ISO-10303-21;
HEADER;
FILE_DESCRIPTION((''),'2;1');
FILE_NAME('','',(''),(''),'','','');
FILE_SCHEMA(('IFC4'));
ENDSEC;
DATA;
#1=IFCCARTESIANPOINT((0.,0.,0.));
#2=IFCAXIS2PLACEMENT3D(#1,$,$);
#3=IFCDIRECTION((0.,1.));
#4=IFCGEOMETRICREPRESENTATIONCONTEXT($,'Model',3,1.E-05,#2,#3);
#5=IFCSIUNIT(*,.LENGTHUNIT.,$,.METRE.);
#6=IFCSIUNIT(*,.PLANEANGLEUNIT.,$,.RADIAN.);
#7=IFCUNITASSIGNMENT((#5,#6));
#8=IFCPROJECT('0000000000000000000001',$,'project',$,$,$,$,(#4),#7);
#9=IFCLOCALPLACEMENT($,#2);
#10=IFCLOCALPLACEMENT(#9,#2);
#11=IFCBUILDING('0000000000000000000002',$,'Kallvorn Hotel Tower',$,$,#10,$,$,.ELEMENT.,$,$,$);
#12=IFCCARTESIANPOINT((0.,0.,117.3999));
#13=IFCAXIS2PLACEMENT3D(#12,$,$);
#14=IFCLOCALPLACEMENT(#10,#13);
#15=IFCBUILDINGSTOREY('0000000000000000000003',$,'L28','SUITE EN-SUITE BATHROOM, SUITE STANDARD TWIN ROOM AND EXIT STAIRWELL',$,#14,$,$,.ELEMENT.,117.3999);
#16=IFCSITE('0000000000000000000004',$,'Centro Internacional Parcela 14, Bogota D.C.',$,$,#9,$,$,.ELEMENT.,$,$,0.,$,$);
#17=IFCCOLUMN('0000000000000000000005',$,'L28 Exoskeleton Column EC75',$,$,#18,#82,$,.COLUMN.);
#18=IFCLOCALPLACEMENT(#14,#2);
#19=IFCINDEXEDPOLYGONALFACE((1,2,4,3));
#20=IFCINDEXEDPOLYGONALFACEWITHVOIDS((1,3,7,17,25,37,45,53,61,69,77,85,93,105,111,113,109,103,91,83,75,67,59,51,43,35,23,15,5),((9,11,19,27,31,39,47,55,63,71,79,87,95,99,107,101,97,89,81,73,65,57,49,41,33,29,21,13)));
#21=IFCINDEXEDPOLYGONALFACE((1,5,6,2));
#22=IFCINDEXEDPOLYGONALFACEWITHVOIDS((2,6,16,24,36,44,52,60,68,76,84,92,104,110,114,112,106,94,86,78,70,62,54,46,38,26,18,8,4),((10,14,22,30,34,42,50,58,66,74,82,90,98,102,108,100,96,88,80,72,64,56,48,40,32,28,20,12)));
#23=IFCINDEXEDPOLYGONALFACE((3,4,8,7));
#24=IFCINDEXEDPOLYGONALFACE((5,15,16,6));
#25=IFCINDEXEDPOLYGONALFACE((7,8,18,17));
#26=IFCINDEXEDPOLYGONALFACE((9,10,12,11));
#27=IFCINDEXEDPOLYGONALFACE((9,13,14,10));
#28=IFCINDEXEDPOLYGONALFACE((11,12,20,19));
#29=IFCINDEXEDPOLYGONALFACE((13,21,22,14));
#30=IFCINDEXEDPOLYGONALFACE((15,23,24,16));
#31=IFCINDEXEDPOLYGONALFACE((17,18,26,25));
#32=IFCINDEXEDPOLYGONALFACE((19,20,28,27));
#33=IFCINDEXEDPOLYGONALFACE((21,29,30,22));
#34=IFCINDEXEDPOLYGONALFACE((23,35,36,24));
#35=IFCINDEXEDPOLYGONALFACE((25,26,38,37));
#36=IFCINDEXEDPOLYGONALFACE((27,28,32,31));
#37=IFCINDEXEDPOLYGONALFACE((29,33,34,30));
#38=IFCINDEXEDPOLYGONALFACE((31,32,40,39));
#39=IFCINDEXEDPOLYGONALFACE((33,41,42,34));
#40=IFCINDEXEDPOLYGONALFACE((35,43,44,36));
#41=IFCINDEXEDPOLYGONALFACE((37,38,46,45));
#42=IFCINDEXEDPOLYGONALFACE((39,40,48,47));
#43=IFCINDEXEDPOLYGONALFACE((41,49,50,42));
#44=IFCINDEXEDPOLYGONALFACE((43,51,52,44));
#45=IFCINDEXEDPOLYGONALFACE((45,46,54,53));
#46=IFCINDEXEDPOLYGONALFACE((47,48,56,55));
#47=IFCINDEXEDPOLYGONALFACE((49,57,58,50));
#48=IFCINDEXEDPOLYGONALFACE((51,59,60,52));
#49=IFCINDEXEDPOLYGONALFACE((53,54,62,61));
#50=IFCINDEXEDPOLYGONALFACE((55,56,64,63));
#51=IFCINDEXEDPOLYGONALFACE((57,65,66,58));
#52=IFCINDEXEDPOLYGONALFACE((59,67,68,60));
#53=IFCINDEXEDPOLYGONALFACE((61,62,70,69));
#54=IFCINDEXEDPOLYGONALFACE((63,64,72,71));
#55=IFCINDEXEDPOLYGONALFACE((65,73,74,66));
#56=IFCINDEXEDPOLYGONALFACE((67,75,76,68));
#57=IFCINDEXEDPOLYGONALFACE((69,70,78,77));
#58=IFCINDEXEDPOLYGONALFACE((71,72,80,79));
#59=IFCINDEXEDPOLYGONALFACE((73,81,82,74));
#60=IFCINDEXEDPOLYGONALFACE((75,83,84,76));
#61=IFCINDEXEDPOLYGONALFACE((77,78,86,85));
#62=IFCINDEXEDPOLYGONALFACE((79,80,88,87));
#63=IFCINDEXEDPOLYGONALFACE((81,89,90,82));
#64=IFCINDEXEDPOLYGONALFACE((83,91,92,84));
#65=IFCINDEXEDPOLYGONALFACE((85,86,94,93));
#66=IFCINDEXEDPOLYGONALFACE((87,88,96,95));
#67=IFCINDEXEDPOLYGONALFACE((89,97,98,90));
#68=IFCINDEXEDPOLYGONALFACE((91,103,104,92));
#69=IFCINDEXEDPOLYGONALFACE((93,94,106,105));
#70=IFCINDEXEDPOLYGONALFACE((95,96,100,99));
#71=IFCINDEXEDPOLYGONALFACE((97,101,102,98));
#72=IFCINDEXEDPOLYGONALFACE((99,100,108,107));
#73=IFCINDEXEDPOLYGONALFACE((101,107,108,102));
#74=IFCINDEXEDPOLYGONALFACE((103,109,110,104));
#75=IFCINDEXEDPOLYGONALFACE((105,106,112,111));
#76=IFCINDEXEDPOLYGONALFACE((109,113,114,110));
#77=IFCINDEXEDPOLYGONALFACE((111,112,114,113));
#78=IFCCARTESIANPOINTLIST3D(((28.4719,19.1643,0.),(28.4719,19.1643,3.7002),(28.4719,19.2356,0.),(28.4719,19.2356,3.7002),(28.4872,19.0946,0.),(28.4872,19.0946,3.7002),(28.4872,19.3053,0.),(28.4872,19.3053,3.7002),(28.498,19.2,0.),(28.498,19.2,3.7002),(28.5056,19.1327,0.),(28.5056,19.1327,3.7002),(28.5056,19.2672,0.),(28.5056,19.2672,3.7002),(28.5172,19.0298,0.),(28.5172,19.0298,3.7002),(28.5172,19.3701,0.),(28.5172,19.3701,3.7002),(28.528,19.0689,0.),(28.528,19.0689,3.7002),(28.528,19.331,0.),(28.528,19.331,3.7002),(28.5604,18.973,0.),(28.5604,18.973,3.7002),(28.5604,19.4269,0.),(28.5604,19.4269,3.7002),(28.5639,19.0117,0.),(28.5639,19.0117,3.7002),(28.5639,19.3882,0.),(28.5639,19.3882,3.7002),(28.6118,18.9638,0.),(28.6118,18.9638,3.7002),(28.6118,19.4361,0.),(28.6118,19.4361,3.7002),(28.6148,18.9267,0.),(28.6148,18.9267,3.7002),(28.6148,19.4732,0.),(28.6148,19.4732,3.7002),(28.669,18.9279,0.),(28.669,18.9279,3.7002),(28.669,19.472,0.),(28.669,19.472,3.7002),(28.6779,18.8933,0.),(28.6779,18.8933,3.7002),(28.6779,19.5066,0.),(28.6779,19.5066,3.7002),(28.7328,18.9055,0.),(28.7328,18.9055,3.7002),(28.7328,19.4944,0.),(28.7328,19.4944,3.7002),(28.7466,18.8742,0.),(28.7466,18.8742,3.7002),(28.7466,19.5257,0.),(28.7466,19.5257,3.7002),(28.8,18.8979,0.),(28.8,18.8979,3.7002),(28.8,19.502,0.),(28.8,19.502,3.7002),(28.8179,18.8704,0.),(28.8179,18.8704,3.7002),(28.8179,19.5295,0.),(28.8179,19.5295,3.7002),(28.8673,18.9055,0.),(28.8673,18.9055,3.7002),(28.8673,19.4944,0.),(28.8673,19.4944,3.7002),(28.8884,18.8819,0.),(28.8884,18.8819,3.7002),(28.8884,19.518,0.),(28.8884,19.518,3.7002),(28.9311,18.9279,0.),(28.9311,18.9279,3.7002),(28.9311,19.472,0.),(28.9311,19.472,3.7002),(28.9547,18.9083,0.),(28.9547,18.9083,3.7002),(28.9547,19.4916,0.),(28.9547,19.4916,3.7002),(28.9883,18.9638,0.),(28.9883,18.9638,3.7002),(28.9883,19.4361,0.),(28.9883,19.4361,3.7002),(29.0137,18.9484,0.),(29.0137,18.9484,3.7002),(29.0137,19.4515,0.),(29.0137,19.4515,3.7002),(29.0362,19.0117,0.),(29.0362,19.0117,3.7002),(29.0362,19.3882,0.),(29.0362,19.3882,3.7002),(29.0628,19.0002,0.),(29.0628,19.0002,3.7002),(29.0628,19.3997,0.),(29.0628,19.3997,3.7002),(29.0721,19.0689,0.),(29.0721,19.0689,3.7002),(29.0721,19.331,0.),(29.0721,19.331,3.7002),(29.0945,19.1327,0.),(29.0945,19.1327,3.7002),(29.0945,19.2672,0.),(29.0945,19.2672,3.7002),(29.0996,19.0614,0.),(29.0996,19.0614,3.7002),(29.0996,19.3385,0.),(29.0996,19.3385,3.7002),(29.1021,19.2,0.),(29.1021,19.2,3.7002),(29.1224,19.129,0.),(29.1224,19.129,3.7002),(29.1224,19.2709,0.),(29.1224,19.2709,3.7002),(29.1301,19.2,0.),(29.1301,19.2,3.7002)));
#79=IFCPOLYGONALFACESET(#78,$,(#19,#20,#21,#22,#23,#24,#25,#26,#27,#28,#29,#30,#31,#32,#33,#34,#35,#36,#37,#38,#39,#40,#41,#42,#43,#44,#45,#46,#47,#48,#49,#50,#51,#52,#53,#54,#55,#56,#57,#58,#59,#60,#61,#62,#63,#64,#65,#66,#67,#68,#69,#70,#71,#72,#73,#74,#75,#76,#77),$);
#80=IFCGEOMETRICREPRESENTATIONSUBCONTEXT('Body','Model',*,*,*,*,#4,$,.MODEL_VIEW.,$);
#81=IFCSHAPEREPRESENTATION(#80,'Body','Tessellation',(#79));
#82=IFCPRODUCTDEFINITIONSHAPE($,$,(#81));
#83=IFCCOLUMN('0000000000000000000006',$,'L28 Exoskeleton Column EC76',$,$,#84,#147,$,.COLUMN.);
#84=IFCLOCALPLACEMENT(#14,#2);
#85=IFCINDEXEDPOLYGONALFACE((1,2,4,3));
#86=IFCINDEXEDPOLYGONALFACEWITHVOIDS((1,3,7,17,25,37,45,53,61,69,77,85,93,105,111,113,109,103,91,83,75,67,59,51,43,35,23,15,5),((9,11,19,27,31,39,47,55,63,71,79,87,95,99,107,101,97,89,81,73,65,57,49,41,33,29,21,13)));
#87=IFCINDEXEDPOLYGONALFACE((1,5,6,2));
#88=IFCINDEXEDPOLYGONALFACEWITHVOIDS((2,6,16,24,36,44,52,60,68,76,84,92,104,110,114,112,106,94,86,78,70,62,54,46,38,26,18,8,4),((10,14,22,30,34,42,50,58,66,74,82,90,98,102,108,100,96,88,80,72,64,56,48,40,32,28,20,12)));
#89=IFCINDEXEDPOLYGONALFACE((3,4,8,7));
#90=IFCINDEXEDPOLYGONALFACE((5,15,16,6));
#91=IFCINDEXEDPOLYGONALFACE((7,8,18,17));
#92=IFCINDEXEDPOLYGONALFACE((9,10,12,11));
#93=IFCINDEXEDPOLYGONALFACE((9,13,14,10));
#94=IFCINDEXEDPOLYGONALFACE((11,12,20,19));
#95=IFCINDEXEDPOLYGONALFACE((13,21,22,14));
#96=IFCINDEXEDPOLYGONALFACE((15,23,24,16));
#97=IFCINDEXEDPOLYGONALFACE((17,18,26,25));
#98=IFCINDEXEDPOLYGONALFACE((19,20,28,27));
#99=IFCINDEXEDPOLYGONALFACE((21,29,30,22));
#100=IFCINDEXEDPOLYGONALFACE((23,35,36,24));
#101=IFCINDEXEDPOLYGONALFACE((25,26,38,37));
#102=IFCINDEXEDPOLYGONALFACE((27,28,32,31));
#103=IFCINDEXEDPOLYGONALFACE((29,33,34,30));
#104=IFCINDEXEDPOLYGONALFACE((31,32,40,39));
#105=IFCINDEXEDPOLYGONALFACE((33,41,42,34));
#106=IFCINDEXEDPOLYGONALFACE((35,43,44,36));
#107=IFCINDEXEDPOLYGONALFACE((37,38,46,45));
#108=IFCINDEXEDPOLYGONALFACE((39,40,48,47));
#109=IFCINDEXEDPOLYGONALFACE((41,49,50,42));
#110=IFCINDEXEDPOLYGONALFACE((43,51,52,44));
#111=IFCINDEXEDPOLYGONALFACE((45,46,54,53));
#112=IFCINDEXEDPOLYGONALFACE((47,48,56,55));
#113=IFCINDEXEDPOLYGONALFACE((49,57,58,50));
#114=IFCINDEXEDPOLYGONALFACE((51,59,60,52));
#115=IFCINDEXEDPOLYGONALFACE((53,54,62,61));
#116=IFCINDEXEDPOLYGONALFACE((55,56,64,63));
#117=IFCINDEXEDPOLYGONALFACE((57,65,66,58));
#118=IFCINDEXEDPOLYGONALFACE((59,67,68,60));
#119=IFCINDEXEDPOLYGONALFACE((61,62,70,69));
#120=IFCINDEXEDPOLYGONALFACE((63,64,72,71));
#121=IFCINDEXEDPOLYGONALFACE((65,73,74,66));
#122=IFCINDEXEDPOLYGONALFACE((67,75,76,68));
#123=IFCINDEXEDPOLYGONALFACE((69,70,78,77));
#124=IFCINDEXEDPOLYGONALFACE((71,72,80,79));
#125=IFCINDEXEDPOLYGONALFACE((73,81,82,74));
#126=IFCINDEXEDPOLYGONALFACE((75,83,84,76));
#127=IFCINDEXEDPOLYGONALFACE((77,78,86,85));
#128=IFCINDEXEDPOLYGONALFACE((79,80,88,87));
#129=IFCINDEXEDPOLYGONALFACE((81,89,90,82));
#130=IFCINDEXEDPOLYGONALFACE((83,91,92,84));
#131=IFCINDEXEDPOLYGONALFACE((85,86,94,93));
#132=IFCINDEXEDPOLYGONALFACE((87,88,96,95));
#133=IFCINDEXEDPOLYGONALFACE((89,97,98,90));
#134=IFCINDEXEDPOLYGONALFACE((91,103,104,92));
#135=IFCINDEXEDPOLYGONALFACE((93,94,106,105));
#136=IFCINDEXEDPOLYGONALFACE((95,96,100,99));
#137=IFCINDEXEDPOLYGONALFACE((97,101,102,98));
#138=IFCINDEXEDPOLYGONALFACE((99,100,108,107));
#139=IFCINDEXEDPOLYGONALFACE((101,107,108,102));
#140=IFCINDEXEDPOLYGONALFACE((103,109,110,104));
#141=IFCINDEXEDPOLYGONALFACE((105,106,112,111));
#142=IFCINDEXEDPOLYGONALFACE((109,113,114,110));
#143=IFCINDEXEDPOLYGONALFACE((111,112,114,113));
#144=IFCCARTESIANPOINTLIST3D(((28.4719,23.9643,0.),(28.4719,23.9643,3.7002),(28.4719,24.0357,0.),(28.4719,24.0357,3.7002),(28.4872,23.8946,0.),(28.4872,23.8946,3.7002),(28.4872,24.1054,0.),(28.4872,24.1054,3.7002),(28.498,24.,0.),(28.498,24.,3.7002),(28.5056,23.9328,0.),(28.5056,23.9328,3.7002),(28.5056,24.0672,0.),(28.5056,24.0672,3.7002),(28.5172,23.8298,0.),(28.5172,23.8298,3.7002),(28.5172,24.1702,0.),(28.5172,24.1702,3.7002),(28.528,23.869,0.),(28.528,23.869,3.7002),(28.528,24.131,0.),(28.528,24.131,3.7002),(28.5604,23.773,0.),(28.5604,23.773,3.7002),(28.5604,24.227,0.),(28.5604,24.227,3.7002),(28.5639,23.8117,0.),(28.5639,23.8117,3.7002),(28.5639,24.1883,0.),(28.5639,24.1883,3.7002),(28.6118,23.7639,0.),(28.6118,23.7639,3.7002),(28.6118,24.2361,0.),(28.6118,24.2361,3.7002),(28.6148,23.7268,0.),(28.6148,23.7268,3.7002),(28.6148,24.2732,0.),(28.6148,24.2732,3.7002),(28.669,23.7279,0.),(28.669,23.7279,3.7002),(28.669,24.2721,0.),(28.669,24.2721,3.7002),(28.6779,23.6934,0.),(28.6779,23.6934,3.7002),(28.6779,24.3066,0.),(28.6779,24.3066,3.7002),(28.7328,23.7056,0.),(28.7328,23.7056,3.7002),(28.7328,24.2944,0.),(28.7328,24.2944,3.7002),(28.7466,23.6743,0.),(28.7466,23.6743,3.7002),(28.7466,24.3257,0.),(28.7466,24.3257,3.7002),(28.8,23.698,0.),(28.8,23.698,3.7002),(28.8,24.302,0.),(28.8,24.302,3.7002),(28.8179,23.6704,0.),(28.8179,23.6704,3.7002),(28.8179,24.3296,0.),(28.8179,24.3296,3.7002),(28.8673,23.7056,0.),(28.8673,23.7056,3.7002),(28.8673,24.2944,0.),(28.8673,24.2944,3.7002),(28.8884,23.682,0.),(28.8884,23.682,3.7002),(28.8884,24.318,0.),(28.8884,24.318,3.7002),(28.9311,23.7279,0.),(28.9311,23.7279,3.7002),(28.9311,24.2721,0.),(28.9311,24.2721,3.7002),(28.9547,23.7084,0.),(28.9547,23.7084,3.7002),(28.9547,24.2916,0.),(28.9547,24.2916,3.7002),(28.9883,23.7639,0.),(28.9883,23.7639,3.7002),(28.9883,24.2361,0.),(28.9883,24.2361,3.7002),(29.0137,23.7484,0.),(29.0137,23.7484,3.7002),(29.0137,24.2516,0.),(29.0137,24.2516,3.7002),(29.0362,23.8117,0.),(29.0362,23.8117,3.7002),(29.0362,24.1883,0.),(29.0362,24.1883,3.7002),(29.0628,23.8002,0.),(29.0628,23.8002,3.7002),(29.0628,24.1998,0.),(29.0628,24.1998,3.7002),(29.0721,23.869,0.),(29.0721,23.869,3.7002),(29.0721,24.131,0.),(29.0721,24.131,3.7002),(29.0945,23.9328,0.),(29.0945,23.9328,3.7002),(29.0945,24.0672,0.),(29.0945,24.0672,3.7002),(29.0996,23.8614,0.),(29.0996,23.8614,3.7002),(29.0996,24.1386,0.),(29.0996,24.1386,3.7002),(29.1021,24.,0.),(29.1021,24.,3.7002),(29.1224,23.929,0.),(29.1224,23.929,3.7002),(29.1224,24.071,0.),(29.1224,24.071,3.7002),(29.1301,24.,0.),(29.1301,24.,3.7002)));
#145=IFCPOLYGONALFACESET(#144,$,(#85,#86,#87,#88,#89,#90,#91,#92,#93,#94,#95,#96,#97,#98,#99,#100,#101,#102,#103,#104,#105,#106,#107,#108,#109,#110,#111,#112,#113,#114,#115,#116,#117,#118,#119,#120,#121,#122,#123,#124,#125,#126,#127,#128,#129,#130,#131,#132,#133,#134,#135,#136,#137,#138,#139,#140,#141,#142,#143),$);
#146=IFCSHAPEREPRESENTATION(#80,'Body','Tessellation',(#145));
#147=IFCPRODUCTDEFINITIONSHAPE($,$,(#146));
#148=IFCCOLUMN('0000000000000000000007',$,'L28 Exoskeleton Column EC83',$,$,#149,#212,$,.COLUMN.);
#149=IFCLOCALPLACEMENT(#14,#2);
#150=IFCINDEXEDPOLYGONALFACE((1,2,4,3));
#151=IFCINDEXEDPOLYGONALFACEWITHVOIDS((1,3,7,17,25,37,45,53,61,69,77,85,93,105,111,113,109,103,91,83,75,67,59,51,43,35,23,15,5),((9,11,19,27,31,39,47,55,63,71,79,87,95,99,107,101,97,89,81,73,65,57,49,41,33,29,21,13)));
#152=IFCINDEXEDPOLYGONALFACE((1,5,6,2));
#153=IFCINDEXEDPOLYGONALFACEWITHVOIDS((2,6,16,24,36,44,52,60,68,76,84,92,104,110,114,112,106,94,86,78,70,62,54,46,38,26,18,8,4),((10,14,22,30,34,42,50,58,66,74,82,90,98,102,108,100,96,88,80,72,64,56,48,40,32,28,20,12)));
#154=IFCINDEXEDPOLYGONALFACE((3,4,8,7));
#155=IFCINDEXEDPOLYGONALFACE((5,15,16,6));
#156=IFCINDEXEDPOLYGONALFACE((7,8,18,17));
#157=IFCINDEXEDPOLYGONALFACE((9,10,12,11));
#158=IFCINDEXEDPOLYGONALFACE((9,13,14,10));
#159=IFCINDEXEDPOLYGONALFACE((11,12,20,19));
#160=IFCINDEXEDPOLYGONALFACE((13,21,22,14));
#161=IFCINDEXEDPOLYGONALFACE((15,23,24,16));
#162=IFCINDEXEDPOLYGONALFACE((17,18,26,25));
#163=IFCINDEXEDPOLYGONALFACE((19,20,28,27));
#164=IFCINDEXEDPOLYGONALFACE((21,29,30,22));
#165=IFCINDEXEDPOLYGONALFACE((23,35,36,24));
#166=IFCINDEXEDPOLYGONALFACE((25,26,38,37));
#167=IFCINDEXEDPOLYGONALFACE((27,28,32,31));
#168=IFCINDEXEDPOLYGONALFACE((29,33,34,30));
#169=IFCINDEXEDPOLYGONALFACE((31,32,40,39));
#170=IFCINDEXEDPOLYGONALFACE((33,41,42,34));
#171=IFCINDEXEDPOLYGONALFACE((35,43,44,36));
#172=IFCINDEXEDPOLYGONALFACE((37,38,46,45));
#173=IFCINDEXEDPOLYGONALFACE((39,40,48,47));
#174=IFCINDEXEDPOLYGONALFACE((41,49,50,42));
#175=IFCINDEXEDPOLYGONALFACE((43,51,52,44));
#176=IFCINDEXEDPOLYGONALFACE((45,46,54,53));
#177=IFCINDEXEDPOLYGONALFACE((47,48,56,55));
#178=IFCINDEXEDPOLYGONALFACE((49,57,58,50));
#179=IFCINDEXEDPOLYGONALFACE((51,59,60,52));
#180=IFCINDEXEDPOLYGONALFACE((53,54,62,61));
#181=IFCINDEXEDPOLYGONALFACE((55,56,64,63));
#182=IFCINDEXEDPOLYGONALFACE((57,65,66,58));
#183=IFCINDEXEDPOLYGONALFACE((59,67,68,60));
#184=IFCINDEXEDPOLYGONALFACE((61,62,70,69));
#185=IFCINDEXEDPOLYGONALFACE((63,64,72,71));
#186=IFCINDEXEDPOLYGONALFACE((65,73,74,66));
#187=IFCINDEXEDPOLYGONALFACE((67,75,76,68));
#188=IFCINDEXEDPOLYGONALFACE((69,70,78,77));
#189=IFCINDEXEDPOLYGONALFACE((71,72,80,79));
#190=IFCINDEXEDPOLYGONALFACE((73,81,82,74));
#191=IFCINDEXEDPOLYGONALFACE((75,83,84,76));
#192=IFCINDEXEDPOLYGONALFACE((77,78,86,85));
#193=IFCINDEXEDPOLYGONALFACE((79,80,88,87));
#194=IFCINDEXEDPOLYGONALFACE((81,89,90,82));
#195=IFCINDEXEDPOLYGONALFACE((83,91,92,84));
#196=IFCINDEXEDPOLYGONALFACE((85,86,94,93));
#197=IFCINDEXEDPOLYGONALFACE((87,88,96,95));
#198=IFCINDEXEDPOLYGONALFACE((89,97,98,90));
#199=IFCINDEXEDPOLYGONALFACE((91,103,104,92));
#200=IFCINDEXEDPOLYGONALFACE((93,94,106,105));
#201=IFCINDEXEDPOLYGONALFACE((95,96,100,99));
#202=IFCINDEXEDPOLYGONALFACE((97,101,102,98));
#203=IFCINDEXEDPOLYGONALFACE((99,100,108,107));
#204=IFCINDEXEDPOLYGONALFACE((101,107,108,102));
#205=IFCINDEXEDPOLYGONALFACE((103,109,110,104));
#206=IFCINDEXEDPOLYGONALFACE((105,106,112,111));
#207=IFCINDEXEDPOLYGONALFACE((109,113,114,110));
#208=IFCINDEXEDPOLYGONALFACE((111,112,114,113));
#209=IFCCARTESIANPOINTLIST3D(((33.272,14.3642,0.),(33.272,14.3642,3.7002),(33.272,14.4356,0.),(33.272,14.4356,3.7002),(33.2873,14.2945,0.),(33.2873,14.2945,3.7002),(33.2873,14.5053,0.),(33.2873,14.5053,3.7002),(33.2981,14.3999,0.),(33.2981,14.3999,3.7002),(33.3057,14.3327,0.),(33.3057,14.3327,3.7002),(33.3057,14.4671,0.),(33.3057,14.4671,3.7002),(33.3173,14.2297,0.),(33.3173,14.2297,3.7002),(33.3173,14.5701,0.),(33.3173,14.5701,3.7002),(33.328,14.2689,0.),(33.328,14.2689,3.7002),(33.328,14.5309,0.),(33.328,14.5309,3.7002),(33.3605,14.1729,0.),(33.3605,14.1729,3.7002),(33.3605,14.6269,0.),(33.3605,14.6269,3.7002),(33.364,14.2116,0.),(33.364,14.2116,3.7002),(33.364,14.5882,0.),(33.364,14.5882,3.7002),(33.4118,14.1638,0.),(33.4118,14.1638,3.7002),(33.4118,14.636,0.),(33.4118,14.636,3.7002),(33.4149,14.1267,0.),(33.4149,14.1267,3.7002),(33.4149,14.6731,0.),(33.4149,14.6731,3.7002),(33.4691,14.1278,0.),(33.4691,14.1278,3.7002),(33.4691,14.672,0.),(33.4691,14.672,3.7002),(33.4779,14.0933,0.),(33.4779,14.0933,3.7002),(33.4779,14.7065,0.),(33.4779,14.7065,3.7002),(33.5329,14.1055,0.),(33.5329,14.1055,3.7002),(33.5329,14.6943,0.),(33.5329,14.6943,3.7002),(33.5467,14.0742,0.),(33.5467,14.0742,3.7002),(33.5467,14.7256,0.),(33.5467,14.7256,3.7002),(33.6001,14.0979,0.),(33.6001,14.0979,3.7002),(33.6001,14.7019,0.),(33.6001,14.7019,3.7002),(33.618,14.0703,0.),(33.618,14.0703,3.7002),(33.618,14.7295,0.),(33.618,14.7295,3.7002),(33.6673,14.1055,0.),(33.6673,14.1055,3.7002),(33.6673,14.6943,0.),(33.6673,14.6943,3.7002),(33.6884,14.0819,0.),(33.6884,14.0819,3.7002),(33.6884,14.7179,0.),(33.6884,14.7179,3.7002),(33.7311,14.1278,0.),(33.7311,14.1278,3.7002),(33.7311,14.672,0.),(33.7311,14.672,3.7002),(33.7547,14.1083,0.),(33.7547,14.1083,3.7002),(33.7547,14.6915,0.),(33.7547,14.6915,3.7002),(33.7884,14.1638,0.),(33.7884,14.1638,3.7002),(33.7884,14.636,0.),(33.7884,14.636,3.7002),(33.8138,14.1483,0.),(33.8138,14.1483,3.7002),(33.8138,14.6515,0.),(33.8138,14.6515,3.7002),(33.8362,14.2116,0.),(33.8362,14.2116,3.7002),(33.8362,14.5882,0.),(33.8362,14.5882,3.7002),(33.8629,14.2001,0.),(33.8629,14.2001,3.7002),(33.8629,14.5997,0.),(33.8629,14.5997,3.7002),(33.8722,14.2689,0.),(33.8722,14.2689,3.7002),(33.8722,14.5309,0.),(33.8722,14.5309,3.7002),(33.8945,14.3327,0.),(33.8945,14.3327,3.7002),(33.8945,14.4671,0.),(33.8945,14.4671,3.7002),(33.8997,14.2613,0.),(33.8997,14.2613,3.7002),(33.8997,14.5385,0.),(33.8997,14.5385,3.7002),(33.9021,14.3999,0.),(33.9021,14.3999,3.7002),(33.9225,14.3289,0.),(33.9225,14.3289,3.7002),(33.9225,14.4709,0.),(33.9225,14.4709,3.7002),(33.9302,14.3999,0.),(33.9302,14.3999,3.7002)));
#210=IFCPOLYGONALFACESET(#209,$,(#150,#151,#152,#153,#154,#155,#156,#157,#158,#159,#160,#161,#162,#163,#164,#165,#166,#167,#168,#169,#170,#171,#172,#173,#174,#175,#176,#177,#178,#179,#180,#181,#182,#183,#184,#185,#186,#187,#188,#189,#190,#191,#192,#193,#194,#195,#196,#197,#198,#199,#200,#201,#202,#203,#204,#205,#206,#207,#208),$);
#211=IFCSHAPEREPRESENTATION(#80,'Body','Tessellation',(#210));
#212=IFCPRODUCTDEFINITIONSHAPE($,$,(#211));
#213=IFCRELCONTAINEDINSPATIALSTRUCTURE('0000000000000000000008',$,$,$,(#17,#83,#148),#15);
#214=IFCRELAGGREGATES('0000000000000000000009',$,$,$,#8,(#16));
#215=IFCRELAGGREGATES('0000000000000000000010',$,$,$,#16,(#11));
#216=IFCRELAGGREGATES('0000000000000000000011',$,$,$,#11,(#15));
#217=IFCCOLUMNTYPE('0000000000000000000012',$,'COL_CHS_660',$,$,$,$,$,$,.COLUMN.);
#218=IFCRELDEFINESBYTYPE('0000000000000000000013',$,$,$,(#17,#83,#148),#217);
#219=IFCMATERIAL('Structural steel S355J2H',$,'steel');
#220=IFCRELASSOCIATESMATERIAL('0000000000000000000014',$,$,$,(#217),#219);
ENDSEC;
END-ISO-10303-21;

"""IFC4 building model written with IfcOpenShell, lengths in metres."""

from ifc_helpers import new_model, si_unit, direction, frame, origin, origin_2d, place, context, subcontext, project, spatial, hollow_circle, extrude, material, material_profile, profile_set, type_object, element, save


model = new_model("IFC4")

# Units and contexts
model_context = context("Model", 3, precision=1e-05, world=origin(), true_north=direction((0.0, 1.0)))
body_context = subcontext(model_context, "Body", "Model", "MODEL_VIEW")
ifc_project = project(units=[si_unit("LENGTHUNIT", "METRE"), si_unit("PLANEANGLEUNIT", "RADIAN")], contexts=[model_context])

# Site, building, storey
site_placement = place(None, origin())
site = spatial("IfcSite", under=ifc_project, at=site_placement, Name="Centro Internacional Parcela 14, Bogota D.C.", CompositionType="ELEMENT", RefElevation=0.0)
building_placement = place(site_placement, origin())
building = spatial("IfcBuilding", under=site, at=building_placement, Name="Kallvorn Hotel Tower", CompositionType="ELEMENT")
storey_placement = place(building_placement, frame((0.0, 0.0, 117.3999)))
storey = spatial("IfcBuildingStorey", under=building, at=storey_placement, Name="L28", Description="SUITE EN-SUITE BATHROOM, SUITE STANDARD TWIN ROOM AND EXIT STAIRWELL", CompositionType="ELEMENT", Elevation=117.3999)

# Columns
ifc_material_1 = material(Name="Structural steel S355J2H", Category="steel")
ifc_material_profile_1 = material_profile(ifc_material_1, hollow_circle(Radius=0.3301, WallThickness=0.0281, at=origin_2d()), Name="CHS 660x28")
ifc_profile_set_1 = profile_set([ifc_material_profile_1], Name="Structural steel S355J2H")
column_type_1 = type_object("IfcColumnType", Name="COL_CHS_660", PredefinedType="COLUMN", material=ifc_profile_set_1)
for number, where, z_axis, x_axis, name in (
    (1, (28.8, 19.2, 0.0), (0.0, 0.0, 1.0), (1.0, 0.0, 0.0), "L28 Exoskeleton Column EC75"),
    (2, (28.8, 24.0, 0.0), (0.0, 0.0, 1.0), (1.0, 0.0, 0.0), "L28 Exoskeleton Column EC76"),
    (3, (33.6001, 14.3999, 0.0), (0.0, 0.0, 1.0), (1.0, 0.0, 0.0), "L28 Exoskeleton Column EC83"),
):
    element("IfcColumn", number, at=place(storey_placement, frame(where, z_axis=z_axis, x_axis=x_axis)), inside=storey, type_object=column_type_1, Name=name, PredefinedType="COLUMN", context=body_context, shape_type="SweptSolid", body=[
        extrude(hollow_circle(Radius=0.3301, WallThickness=0.0281, at=origin_2d()), origin(), (0.0, 0.0, 1.0), 3.7002),
    ])

save(model, "model.ifc")
